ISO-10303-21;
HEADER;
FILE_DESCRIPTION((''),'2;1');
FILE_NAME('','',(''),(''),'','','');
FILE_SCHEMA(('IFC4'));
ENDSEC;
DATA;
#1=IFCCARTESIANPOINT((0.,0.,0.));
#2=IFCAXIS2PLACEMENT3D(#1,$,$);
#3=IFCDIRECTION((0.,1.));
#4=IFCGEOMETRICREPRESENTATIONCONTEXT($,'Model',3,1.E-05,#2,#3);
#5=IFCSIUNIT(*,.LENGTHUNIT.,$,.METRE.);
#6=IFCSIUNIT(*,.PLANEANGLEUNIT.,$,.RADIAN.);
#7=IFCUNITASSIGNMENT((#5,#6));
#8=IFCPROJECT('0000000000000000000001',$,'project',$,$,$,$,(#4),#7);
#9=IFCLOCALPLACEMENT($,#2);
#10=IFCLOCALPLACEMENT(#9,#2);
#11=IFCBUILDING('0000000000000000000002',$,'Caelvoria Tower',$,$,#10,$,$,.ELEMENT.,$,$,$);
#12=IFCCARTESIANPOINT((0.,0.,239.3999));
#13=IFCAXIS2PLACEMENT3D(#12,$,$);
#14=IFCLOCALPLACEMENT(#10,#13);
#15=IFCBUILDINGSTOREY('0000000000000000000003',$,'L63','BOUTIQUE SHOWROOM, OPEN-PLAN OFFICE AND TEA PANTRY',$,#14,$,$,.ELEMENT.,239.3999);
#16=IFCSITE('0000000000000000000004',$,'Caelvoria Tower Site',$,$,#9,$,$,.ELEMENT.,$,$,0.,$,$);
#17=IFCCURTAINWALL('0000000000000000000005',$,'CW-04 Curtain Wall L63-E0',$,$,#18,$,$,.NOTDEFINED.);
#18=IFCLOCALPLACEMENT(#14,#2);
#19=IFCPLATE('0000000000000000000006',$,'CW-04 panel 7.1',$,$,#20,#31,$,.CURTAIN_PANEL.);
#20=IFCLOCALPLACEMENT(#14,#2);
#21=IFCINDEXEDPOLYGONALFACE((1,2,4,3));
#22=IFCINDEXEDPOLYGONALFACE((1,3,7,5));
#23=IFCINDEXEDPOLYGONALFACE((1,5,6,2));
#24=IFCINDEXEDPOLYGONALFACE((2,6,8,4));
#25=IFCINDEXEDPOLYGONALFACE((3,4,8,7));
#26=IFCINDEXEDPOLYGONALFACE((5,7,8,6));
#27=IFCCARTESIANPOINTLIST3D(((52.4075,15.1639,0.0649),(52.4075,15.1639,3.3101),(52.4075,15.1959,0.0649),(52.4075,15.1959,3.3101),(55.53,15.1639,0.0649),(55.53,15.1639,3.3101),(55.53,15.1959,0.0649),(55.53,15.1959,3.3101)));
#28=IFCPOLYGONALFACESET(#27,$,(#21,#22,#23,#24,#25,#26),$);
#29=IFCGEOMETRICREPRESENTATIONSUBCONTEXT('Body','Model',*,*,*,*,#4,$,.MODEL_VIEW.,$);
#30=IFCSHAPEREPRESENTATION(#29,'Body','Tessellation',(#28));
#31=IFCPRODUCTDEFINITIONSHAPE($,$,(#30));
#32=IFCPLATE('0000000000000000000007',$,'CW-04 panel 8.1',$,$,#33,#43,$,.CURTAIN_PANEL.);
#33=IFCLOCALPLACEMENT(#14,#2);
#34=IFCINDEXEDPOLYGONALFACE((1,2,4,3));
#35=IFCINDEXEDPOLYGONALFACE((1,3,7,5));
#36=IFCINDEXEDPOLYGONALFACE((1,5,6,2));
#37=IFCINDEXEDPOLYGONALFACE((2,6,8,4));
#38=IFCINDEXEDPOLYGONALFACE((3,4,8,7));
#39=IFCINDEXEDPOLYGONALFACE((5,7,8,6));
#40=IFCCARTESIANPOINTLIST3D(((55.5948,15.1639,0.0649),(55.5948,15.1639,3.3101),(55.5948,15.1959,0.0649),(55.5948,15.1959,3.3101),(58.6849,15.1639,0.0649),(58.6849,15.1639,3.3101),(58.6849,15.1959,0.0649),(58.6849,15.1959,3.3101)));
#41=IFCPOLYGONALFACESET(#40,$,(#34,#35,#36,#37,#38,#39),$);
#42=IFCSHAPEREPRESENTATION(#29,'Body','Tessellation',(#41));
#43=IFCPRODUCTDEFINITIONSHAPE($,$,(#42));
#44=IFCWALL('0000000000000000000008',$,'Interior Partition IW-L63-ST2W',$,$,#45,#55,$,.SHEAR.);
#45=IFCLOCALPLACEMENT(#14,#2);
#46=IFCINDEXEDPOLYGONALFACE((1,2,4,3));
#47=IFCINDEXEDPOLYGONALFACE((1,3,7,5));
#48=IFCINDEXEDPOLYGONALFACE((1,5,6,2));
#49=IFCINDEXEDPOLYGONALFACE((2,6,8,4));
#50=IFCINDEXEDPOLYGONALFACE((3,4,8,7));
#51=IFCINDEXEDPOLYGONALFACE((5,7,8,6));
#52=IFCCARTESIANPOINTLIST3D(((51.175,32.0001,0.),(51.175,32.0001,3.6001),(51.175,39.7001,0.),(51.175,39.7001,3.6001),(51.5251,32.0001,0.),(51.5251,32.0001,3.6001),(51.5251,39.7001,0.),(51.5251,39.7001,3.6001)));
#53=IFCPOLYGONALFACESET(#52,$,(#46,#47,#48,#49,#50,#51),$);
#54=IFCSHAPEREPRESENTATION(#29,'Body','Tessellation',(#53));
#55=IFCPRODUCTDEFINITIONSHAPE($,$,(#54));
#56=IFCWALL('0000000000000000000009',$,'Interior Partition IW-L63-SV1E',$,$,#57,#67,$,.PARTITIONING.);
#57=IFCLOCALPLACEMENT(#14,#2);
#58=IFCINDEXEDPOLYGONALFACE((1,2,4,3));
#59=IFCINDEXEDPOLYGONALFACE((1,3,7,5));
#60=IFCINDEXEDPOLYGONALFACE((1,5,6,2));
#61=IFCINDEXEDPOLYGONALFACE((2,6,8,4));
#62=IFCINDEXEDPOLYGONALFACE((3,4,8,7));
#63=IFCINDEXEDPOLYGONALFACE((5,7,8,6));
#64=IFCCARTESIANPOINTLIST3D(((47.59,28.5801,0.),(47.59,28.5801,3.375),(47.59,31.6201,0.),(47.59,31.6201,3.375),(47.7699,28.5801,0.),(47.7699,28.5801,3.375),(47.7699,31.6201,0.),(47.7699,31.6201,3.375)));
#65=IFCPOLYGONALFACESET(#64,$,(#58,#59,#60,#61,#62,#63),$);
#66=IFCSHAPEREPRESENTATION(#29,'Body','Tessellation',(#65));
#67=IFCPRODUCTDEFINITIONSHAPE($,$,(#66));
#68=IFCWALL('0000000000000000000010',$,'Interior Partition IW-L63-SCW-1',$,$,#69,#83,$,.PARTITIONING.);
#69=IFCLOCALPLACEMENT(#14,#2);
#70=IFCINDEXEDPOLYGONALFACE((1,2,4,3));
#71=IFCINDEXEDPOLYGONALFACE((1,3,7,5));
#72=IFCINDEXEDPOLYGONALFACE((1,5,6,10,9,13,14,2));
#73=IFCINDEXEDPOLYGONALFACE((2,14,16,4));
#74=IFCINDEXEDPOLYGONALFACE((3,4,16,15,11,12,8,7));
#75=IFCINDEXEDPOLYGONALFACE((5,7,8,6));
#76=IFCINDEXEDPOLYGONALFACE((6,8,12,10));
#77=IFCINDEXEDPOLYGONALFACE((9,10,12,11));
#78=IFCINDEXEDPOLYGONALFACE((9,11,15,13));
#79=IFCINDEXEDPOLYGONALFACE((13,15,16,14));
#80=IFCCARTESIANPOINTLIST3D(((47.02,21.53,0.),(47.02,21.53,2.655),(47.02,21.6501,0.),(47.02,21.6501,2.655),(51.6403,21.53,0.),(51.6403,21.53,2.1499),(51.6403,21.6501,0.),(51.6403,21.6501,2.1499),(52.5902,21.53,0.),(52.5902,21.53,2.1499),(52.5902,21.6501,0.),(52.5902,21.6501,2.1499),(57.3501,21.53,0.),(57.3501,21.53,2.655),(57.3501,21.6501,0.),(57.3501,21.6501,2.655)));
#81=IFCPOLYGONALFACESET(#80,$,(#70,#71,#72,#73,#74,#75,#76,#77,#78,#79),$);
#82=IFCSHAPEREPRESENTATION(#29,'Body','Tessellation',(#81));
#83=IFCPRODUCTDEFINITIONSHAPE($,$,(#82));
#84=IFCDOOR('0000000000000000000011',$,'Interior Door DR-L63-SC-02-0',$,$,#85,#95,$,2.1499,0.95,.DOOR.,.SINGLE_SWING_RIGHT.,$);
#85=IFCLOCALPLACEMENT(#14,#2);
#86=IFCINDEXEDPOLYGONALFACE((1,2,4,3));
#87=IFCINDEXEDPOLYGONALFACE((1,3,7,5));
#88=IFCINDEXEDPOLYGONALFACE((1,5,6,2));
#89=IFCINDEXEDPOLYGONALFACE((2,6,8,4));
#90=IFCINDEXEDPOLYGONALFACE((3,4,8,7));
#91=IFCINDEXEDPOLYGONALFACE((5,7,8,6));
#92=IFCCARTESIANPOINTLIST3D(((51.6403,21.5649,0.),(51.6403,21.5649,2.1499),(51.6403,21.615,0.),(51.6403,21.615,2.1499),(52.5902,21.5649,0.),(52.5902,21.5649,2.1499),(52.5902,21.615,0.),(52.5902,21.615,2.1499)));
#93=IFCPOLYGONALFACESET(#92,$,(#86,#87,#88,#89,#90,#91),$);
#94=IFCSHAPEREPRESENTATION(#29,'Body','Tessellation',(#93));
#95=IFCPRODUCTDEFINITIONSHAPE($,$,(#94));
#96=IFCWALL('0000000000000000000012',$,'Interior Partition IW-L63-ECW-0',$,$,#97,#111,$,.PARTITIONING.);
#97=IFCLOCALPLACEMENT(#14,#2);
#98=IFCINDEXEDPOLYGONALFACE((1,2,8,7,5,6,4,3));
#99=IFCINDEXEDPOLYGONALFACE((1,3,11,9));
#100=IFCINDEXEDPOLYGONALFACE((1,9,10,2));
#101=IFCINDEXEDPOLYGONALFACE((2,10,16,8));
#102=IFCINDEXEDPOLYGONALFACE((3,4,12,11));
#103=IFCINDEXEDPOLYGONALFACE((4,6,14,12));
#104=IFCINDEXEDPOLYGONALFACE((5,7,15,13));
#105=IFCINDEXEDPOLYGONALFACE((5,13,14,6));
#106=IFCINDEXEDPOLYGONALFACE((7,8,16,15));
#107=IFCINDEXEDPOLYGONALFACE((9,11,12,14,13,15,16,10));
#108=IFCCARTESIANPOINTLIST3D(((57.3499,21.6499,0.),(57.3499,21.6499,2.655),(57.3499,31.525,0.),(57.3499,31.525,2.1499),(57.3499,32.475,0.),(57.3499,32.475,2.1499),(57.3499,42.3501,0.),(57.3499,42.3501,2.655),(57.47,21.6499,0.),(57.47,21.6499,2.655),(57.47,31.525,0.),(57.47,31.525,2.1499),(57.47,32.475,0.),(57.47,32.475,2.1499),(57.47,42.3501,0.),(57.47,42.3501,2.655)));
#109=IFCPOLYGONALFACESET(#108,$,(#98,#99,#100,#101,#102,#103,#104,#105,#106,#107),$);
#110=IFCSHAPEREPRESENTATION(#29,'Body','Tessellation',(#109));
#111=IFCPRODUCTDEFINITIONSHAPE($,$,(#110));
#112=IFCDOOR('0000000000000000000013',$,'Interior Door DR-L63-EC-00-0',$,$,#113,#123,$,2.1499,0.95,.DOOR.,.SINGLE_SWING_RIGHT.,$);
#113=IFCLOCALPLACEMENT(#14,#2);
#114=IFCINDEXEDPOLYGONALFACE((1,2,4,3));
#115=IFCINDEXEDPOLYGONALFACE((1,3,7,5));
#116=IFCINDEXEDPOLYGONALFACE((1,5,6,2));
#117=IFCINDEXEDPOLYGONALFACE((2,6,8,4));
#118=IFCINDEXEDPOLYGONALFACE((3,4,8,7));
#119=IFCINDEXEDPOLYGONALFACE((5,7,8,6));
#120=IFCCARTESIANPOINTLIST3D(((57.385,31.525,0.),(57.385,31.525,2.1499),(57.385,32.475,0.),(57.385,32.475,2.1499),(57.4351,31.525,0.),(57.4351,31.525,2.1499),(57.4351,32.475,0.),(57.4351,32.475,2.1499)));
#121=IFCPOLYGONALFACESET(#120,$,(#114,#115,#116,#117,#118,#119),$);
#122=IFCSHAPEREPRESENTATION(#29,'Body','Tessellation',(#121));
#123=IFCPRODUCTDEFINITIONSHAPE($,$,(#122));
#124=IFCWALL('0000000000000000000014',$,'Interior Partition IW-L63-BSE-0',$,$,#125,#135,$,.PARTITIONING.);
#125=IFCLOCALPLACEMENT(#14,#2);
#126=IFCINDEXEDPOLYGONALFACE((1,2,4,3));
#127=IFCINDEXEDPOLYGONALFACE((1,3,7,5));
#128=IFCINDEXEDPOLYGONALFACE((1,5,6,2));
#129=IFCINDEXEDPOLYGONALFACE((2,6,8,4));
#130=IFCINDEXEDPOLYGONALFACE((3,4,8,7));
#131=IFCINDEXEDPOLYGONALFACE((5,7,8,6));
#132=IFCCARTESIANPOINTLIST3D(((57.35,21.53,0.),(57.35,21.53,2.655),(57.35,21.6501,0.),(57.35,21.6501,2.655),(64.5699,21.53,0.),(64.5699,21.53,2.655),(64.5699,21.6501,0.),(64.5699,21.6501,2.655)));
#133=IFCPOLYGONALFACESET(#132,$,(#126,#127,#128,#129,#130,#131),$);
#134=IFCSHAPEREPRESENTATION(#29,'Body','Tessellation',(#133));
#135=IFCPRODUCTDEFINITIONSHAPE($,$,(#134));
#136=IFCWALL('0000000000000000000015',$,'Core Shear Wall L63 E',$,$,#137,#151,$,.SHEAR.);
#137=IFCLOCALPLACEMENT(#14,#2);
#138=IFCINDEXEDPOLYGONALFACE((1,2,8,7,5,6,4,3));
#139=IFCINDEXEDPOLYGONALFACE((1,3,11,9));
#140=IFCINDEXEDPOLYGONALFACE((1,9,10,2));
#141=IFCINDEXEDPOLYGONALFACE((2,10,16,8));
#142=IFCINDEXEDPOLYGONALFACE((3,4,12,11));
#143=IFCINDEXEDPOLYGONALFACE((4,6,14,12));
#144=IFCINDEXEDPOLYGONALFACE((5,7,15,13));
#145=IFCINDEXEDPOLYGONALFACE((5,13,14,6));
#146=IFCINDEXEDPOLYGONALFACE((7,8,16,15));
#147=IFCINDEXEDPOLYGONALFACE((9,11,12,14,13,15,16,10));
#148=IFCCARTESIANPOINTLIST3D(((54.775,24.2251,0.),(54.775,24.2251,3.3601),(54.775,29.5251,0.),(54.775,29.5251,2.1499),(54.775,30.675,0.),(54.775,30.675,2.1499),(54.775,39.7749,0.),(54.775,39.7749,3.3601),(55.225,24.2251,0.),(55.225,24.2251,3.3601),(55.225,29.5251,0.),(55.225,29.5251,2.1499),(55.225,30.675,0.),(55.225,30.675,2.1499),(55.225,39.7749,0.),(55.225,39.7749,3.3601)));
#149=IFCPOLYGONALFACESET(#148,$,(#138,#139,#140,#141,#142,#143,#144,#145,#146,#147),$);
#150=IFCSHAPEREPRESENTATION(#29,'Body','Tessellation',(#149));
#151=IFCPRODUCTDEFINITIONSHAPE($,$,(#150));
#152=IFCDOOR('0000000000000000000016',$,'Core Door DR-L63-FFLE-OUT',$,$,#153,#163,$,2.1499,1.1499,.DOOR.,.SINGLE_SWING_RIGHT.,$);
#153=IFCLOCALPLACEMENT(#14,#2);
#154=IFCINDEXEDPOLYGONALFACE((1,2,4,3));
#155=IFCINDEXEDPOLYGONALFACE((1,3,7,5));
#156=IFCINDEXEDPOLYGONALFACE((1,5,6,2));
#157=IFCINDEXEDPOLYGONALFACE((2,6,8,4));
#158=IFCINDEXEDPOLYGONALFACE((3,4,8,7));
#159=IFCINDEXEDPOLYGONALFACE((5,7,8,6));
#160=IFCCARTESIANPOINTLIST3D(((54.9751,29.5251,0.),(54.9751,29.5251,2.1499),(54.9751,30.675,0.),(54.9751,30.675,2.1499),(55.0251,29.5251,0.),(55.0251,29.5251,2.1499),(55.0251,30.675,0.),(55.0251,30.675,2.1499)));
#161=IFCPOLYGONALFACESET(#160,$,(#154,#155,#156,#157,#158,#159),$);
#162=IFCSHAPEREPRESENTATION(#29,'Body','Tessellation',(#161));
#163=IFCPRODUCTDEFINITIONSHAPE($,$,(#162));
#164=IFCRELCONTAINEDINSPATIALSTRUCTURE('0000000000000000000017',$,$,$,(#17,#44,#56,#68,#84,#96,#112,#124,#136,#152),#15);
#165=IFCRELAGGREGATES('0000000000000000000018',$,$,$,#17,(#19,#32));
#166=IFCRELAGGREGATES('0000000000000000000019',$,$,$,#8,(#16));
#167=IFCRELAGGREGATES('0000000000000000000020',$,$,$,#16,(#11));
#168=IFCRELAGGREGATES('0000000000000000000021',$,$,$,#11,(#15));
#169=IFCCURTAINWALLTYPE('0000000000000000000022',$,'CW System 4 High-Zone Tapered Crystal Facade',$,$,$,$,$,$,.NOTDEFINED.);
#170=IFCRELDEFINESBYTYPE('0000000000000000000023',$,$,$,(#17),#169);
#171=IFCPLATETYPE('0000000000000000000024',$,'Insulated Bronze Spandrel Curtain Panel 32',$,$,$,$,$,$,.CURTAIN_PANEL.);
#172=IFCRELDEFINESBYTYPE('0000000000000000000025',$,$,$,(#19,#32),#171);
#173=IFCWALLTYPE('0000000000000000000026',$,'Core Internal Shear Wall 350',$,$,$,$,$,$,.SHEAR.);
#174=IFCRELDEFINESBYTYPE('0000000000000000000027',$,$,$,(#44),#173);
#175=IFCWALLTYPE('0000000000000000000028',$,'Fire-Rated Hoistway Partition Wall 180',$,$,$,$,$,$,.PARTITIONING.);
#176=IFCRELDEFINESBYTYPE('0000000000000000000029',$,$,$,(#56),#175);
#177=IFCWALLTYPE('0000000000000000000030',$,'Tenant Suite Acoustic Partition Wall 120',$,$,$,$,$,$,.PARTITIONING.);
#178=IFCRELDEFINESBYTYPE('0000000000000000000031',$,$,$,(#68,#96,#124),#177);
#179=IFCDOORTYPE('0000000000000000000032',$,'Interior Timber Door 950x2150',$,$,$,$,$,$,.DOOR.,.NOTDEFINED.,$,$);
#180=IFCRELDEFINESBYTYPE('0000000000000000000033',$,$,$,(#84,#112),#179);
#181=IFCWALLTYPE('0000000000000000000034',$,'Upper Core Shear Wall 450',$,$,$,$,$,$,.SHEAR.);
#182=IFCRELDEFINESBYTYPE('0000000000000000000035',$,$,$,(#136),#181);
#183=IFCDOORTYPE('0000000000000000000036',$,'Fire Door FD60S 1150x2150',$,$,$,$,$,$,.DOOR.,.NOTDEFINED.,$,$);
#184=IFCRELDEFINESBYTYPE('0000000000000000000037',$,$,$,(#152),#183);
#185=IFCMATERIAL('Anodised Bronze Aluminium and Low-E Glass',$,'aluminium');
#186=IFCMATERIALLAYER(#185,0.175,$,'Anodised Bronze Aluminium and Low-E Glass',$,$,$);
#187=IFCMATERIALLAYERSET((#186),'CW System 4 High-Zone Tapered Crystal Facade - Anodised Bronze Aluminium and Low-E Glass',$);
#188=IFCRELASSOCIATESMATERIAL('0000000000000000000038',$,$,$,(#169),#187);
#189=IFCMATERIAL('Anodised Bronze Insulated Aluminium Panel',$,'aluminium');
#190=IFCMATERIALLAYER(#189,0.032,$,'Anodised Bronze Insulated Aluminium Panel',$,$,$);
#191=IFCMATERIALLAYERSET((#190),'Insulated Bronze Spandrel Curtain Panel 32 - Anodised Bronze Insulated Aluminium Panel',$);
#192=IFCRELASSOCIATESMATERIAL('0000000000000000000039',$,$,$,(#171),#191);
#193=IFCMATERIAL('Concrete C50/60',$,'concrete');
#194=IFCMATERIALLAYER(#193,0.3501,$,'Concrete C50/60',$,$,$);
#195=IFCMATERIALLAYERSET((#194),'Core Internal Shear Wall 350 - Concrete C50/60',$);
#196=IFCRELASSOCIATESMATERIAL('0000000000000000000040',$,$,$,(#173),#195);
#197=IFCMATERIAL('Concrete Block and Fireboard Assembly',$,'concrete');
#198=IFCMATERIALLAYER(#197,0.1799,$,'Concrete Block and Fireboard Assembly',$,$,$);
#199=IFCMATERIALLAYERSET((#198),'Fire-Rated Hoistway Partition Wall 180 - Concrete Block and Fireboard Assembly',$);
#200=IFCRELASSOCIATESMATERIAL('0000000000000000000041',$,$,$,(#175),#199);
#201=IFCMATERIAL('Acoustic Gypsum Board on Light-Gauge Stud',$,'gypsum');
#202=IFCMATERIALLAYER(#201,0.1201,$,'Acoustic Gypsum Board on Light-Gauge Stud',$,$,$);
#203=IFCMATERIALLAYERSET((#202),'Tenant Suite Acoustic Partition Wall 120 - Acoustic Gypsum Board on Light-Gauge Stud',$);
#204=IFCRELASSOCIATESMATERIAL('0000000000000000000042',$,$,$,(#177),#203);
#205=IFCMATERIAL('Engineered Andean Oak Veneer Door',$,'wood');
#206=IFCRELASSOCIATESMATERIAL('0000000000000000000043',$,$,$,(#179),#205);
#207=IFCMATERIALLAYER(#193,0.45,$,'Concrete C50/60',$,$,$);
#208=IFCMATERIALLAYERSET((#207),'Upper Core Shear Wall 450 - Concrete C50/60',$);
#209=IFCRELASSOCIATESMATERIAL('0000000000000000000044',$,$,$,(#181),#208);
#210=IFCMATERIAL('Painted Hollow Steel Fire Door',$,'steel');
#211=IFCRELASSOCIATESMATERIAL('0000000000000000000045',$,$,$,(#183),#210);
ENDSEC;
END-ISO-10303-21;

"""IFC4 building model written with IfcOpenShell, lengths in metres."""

from ifc_helpers import new_model, si_unit, direction, frame, frame_2d, origin, origin_2d, place, context, subcontext, project, spatial, rectangle, extrude, material, layer, layer_set, type_object, element, fill, aggregate, save


model = new_model("IFC4")

# Units and contexts
model_context = context("Model", 3, precision=1e-05, world=origin(), true_north=direction((0.0, 1.0)))
body_context = subcontext(model_context, "Body", "Model", "MODEL_VIEW")
ifc_project = project(units=[si_unit("LENGTHUNIT", "METRE"), si_unit("PLANEANGLEUNIT", "RADIAN")], contexts=[model_context])

# Site, building, storey
site_placement = place(None, origin())
site = spatial("IfcSite", under=ifc_project, at=site_placement, Name="Caelvoria Tower Site", CompositionType="ELEMENT", RefElevation=0.0)
building_placement = place(site_placement, origin())
building = spatial("IfcBuilding", under=site, at=building_placement, Name="Caelvoria Tower", CompositionType="ELEMENT")
storey_placement = place(building_placement, frame((0.0, 0.0, 239.3999)))
storey = spatial("IfcBuildingStorey", under=building, at=storey_placement, Name="L63", Description="BOUTIQUE SHOWROOM, OPEN-PLAN OFFICE AND TEA PANTRY", CompositionType="ELEMENT", Elevation=239.3999)

# Curtain wall
ifc_material_1 = material(Name="Anodised Bronze Aluminium and Low-E Glass", Category="aluminium")
ifc_layer_1 = layer(ifc_material_1, 0.175, Name="Anodised Bronze Aluminium and Low-E Glass")
ifc_layer_set_1 = layer_set([ifc_layer_1], Name="CW System 4 High-Zone Tapered Crystal Facade - Anodised Bronze Aluminium and Low-E Glass")
curtain_wall_type = type_object("IfcCurtainWallType", Name="CW System 4 High-Zone Tapered Crystal Facade", PredefinedType="NOTDEFINED", material=ifc_layer_set_1)
curtain_wall_placement = place(storey_placement, origin())
curtain_wall = element("IfcCurtainWall", 1, at=curtain_wall_placement, inside=storey, type_object=curtain_wall_type, Name="CW-04 Curtain Wall L63-E0", PredefinedType="NOTDEFINED")

# Plates
ifc_material_2 = material(Name="Anodised Bronze Insulated Aluminium Panel", Category="aluminium")
ifc_layer_2 = layer(ifc_material_2, 0.032, Name="Anodised Bronze Insulated Aluminium Panel")
ifc_layer_set_2 = layer_set([ifc_layer_2], Name="Insulated Bronze Spandrel Curtain Panel 32 - Anodised Bronze Insulated Aluminium Panel")
plate_type = type_object("IfcPlateType", Name="Insulated Bronze Spandrel Curtain Panel 32", PredefinedType="CURTAIN_PANEL", material=ifc_layer_set_2)
plate_1_placement = place(storey_placement, frame((53.9688, 15.1799, 0.0649), z_axis=(0.0, 0.0, 1.0), x_axis=(1.0, 0.0, 0.0)))
plate_1 = element("IfcPlate", 2, at=plate_1_placement, type_object=plate_type, Name="CW-04 panel 7.1", PredefinedType="CURTAIN_PANEL", context=body_context, shape_type="SweptSolid", body=[
    extrude(rectangle(XDim=3.1226, YDim=0.032, at=origin_2d()), origin(), (0.0, 0.0, 1.0), 3.2451),
])
plate_2_placement = place(storey_placement, frame((57.1399, 15.1799, 0.0649), z_axis=(0.0, 0.0, 1.0), x_axis=(1.0, 0.0, 0.0)))
plate_2 = element("IfcPlate", 3, at=plate_2_placement, type_object=plate_type, Name="CW-04 panel 8.1", PredefinedType="CURTAIN_PANEL", context=body_context, shape_type="SweptSolid", body=[
    extrude(rectangle(XDim=3.0901, YDim=0.032, at=origin_2d()), origin(), (0.0, 0.0, 1.0), 3.2451),
])
aggregate(curtain_wall, [plate_1, plate_2])

# Wall
ifc_material_3 = material(Name="Concrete C50/60", Category="concrete")
ifc_layer_3 = layer(ifc_material_3, 0.3501, Name="Concrete C50/60")
ifc_layer_set_3 = layer_set([ifc_layer_3], Name="Core Internal Shear Wall 350 - Concrete C50/60")
wall_type_1 = type_object("IfcWallType", Name="Core Internal Shear Wall 350", PredefinedType="SHEAR", material=ifc_layer_set_3)
wall_1_placement = place(storey_placement, frame((51.3501, 32.0, 0.0), z_axis=(0.0, 0.0, 1.0), x_axis=(0.0, 1.0, 0.0)))
element("IfcWall", 4, at=wall_1_placement, inside=storey, type_object=wall_type_1, Name="Interior Partition IW-L63-ST2W", PredefinedType="SHEAR", context=body_context, shape_type="SweptSolid", body=[
    extrude(rectangle(XDim=7.7, YDim=0.3501, at=frame_2d((3.8501, 0.0))), origin(), (0.0, 0.0, 1.0), 3.6001),
])

# Wall
ifc_material_4 = material(Name="Concrete Block and Fireboard Assembly", Category="concrete")
ifc_layer_4 = layer(ifc_material_4, 0.1799, Name="Concrete Block and Fireboard Assembly")
ifc_layer_set_4 = layer_set([ifc_layer_4], Name="Fire-Rated Hoistway Partition Wall 180 - Concrete Block and Fireboard Assembly")
wall_type_2 = type_object("IfcWallType", Name="Fire-Rated Hoistway Partition Wall 180", PredefinedType="PARTITIONING", material=ifc_layer_set_4)
wall_2_placement = place(storey_placement, frame((47.6799, 28.5801, 0.0), z_axis=(0.0, 0.0, 1.0), x_axis=(0.0, 1.0, 0.0)))
element("IfcWall", 5, at=wall_2_placement, inside=storey, type_object=wall_type_2, Name="Interior Partition IW-L63-SV1E", PredefinedType="PARTITIONING", context=body_context, shape_type="SweptSolid", body=[
    extrude(rectangle(XDim=3.04, YDim=0.1799, at=frame_2d((1.52, 0.0))), origin(), (0.0, 0.0, 1.0), 3.375),
])

# Walls, openings, doors
ifc_material_5 = material(Name="Acoustic Gypsum Board on Light-Gauge Stud", Category="gypsum")
ifc_layer_5 = layer(ifc_material_5, 0.1201, Name="Acoustic Gypsum Board on Light-Gauge Stud")
ifc_layer_set_5 = layer_set([ifc_layer_5], Name="Tenant Suite Acoustic Partition Wall 120 - Acoustic Gypsum Board on Light-Gauge Stud")
wall_type_3 = type_object("IfcWallType", Name="Tenant Suite Acoustic Partition Wall 120", PredefinedType="PARTITIONING", material=ifc_layer_set_5)
wall_3_placement = place(storey_placement, frame((47.02, 21.5901, 0.0), z_axis=(0.0, 0.0, 1.0), x_axis=(1.0, 0.0, 0.0)))
wall_3 = element("IfcWall", 6, at=wall_3_placement, inside=storey, type_object=wall_type_3, Name="Interior Partition IW-L63-SCW-1", PredefinedType="PARTITIONING", context=body_context, shape_type="SweptSolid", body=[
    extrude(rectangle(XDim=10.3301, YDim=0.1201, at=frame_2d((5.165, 0.0))), origin(), (0.0, 0.0, 1.0), 2.655),
])
opening_1_placement = place(wall_3_placement, frame((4.6201, 0.0, 0.0)))
opening_1 = element("IfcOpeningElement", 7, at=opening_1_placement, cuts=wall_3, PredefinedType="OPENING", context=body_context, shape_type="SweptSolid", body=[
    extrude(rectangle(XDim=0.95, YDim=2.1499, at=frame_2d((0.4751, 1.075))), frame((0.0, 0.0701, 0.0), z_axis=(0.0, -1.0, 0.0), x_axis=(1.0, 0.0, 0.0)), (0.0, 0.0, 1.0), 0.1401),
])
ifc_material_6 = material(Name="Engineered Andean Oak Veneer Door", Category="wood")
door_type_1 = type_object("IfcDoorType", Name="Interior Timber Door 950x2150", OperationType="NOTDEFINED", PredefinedType="DOOR", material=ifc_material_6)
door_1_placement = place(opening_1_placement, origin())
door_1 = element("IfcDoor", 8, at=door_1_placement, inside=storey, type_object=door_type_1, Name="Interior Door DR-L63-SC-02-0", OperationType="SINGLE_SWING_RIGHT", OverallHeight=2.1499, OverallWidth=0.95, PredefinedType="DOOR", context=body_context, shape_type="SweptSolid", body=[
    extrude(rectangle(XDim=0.95, YDim=2.1499, at=frame_2d((0.4751, 1.075))), frame((0.0, 0.0249, 0.0), z_axis=(0.0, -1.0, 0.0), x_axis=(1.0, 0.0, 0.0)), (0.0, 0.0, 1.0), 0.05),
])
fill(opening_1, door_1)
wall_4_placement = place(storey_placement, frame((57.4099, 21.6499, 0.0), z_axis=(0.0, 0.0, 1.0), x_axis=(0.0, 1.0, 0.0)))
wall_4 = element("IfcWall", 9, at=wall_4_placement, inside=storey, type_object=wall_type_3, Name="Interior Partition IW-L63-ECW-0", PredefinedType="PARTITIONING", context=body_context, shape_type="SweptSolid", body=[
    extrude(rectangle(XDim=20.7002, YDim=0.1201, at=frame_2d((10.3501, 0.0))), origin(), (0.0, 0.0, 1.0), 2.655),
])
opening_2_placement = place(wall_4_placement, frame((9.875, 0.0, 0.0)))
opening_2 = element("IfcOpeningElement", 10, at=opening_2_placement, cuts=wall_4, PredefinedType="OPENING", context=body_context, shape_type="SweptSolid", body=[
    extrude(rectangle(XDim=0.95, YDim=2.1499, at=frame_2d((0.4751, 1.075))), frame((0.0, 0.0701, 0.0), z_axis=(0.0, -1.0, 0.0), x_axis=(1.0, 0.0, 0.0)), (0.0, 0.0, 1.0), 0.1401),
])
door_2_placement = place(opening_2_placement, origin())
door_2 = element("IfcDoor", 11, at=door_2_placement, inside=storey, type_object=door_type_1, Name="Interior Door DR-L63-EC-00-0", OperationType="SINGLE_SWING_RIGHT", OverallHeight=2.1499, OverallWidth=0.95, PredefinedType="DOOR", context=body_context, shape_type="SweptSolid", body=[
    extrude(rectangle(XDim=0.95, YDim=2.1499, at=frame_2d((0.4751, 1.075))), frame((0.0, 0.0249, 0.0), z_axis=(0.0, -1.0, 0.0), x_axis=(1.0, 0.0, 0.0)), (0.0, 0.0, 1.0), 0.05),
])
fill(opening_2, door_2)

# Wall
wall_5_placement = place(storey_placement, frame((57.3501, 21.5901, 0.0), z_axis=(0.0, 0.0, 1.0), x_axis=(1.0, 0.0, 0.0)))
element("IfcWall", 12, at=wall_5_placement, inside=storey, type_object=wall_type_3, Name="Interior Partition IW-L63-BSE-0", PredefinedType="PARTITIONING", context=body_context, shape_type="SweptSolid", body=[
    extrude(rectangle(XDim=7.22, YDim=0.1201, at=frame_2d((3.6099, 0.0))), origin(), (0.0, 0.0, 1.0), 2.655),
])

# Wall, opening, door
ifc_layer_6 = layer(ifc_material_3, 0.45, Name="Concrete C50/60")
ifc_layer_set_6 = layer_set([ifc_layer_6], Name="Upper Core Shear Wall 450 - Concrete C50/60")
wall_type_4 = type_object("IfcWallType", Name="Upper Core Shear Wall 450", PredefinedType="SHEAR", material=ifc_layer_set_6)
wall_6_placement = place(storey_placement, frame((55.0, 24.2251, 0.0), z_axis=(0.0, 0.0, 1.0), x_axis=(0.0, 1.0, 0.0)))
wall_6 = element("IfcWall", 13, at=wall_6_placement, inside=storey, type_object=wall_type_4, Name="Core Shear Wall L63 E", PredefinedType="SHEAR", context=body_context, shape_type="SweptSolid", body=[
    extrude(rectangle(XDim=15.5498, YDim=0.45, at=frame_2d((7.7749, 0.0))), origin(), (0.0, 0.0, 1.0), 3.3601),
])
opening_3_placement = place(wall_6_placement, frame((5.3, 0.0, 0.0)))
opening_3 = element("IfcOpeningElement", 14, at=opening_3_placement, cuts=wall_6, PredefinedType="OPENING", context=body_context, shape_type="SweptSolid", body=[
    extrude(rectangle(XDim=1.1499, YDim=2.1499, at=frame_2d((0.575, 1.075))), frame((0.0, 0.2349, 0.0), z_axis=(0.0, -1.0, 0.0), x_axis=(1.0, 0.0, 0.0)), (0.0, 0.0, 1.0), 0.47),
])
ifc_material_7 = material(Name="Painted Hollow Steel Fire Door", Category="steel")
door_type_2 = type_object("IfcDoorType", Name="Fire Door FD60S 1150x2150", OperationType="NOTDEFINED", PredefinedType="DOOR", material=ifc_material_7)
door_3_placement = place(opening_3_placement, origin())
door_3 = element("IfcDoor", 15, at=door_3_placement, inside=storey, type_object=door_type_2, Name="Core Door DR-L63-FFLE-OUT", OperationType="SINGLE_SWING_RIGHT", OverallHeight=2.1499, OverallWidth=1.1499, PredefinedType="DOOR", context=body_context, shape_type="SweptSolid", body=[
    extrude(rectangle(XDim=1.1499, YDim=2.1499, at=frame_2d((0.575, 1.075))), frame((0.0, 0.0249, 0.0), z_axis=(0.0, -1.0, 0.0), x_axis=(1.0, 0.0, 0.0)), (0.0, 0.0, 1.0), 0.05),
])
fill(opening_3, door_3)

save(model, "model.ifc")
